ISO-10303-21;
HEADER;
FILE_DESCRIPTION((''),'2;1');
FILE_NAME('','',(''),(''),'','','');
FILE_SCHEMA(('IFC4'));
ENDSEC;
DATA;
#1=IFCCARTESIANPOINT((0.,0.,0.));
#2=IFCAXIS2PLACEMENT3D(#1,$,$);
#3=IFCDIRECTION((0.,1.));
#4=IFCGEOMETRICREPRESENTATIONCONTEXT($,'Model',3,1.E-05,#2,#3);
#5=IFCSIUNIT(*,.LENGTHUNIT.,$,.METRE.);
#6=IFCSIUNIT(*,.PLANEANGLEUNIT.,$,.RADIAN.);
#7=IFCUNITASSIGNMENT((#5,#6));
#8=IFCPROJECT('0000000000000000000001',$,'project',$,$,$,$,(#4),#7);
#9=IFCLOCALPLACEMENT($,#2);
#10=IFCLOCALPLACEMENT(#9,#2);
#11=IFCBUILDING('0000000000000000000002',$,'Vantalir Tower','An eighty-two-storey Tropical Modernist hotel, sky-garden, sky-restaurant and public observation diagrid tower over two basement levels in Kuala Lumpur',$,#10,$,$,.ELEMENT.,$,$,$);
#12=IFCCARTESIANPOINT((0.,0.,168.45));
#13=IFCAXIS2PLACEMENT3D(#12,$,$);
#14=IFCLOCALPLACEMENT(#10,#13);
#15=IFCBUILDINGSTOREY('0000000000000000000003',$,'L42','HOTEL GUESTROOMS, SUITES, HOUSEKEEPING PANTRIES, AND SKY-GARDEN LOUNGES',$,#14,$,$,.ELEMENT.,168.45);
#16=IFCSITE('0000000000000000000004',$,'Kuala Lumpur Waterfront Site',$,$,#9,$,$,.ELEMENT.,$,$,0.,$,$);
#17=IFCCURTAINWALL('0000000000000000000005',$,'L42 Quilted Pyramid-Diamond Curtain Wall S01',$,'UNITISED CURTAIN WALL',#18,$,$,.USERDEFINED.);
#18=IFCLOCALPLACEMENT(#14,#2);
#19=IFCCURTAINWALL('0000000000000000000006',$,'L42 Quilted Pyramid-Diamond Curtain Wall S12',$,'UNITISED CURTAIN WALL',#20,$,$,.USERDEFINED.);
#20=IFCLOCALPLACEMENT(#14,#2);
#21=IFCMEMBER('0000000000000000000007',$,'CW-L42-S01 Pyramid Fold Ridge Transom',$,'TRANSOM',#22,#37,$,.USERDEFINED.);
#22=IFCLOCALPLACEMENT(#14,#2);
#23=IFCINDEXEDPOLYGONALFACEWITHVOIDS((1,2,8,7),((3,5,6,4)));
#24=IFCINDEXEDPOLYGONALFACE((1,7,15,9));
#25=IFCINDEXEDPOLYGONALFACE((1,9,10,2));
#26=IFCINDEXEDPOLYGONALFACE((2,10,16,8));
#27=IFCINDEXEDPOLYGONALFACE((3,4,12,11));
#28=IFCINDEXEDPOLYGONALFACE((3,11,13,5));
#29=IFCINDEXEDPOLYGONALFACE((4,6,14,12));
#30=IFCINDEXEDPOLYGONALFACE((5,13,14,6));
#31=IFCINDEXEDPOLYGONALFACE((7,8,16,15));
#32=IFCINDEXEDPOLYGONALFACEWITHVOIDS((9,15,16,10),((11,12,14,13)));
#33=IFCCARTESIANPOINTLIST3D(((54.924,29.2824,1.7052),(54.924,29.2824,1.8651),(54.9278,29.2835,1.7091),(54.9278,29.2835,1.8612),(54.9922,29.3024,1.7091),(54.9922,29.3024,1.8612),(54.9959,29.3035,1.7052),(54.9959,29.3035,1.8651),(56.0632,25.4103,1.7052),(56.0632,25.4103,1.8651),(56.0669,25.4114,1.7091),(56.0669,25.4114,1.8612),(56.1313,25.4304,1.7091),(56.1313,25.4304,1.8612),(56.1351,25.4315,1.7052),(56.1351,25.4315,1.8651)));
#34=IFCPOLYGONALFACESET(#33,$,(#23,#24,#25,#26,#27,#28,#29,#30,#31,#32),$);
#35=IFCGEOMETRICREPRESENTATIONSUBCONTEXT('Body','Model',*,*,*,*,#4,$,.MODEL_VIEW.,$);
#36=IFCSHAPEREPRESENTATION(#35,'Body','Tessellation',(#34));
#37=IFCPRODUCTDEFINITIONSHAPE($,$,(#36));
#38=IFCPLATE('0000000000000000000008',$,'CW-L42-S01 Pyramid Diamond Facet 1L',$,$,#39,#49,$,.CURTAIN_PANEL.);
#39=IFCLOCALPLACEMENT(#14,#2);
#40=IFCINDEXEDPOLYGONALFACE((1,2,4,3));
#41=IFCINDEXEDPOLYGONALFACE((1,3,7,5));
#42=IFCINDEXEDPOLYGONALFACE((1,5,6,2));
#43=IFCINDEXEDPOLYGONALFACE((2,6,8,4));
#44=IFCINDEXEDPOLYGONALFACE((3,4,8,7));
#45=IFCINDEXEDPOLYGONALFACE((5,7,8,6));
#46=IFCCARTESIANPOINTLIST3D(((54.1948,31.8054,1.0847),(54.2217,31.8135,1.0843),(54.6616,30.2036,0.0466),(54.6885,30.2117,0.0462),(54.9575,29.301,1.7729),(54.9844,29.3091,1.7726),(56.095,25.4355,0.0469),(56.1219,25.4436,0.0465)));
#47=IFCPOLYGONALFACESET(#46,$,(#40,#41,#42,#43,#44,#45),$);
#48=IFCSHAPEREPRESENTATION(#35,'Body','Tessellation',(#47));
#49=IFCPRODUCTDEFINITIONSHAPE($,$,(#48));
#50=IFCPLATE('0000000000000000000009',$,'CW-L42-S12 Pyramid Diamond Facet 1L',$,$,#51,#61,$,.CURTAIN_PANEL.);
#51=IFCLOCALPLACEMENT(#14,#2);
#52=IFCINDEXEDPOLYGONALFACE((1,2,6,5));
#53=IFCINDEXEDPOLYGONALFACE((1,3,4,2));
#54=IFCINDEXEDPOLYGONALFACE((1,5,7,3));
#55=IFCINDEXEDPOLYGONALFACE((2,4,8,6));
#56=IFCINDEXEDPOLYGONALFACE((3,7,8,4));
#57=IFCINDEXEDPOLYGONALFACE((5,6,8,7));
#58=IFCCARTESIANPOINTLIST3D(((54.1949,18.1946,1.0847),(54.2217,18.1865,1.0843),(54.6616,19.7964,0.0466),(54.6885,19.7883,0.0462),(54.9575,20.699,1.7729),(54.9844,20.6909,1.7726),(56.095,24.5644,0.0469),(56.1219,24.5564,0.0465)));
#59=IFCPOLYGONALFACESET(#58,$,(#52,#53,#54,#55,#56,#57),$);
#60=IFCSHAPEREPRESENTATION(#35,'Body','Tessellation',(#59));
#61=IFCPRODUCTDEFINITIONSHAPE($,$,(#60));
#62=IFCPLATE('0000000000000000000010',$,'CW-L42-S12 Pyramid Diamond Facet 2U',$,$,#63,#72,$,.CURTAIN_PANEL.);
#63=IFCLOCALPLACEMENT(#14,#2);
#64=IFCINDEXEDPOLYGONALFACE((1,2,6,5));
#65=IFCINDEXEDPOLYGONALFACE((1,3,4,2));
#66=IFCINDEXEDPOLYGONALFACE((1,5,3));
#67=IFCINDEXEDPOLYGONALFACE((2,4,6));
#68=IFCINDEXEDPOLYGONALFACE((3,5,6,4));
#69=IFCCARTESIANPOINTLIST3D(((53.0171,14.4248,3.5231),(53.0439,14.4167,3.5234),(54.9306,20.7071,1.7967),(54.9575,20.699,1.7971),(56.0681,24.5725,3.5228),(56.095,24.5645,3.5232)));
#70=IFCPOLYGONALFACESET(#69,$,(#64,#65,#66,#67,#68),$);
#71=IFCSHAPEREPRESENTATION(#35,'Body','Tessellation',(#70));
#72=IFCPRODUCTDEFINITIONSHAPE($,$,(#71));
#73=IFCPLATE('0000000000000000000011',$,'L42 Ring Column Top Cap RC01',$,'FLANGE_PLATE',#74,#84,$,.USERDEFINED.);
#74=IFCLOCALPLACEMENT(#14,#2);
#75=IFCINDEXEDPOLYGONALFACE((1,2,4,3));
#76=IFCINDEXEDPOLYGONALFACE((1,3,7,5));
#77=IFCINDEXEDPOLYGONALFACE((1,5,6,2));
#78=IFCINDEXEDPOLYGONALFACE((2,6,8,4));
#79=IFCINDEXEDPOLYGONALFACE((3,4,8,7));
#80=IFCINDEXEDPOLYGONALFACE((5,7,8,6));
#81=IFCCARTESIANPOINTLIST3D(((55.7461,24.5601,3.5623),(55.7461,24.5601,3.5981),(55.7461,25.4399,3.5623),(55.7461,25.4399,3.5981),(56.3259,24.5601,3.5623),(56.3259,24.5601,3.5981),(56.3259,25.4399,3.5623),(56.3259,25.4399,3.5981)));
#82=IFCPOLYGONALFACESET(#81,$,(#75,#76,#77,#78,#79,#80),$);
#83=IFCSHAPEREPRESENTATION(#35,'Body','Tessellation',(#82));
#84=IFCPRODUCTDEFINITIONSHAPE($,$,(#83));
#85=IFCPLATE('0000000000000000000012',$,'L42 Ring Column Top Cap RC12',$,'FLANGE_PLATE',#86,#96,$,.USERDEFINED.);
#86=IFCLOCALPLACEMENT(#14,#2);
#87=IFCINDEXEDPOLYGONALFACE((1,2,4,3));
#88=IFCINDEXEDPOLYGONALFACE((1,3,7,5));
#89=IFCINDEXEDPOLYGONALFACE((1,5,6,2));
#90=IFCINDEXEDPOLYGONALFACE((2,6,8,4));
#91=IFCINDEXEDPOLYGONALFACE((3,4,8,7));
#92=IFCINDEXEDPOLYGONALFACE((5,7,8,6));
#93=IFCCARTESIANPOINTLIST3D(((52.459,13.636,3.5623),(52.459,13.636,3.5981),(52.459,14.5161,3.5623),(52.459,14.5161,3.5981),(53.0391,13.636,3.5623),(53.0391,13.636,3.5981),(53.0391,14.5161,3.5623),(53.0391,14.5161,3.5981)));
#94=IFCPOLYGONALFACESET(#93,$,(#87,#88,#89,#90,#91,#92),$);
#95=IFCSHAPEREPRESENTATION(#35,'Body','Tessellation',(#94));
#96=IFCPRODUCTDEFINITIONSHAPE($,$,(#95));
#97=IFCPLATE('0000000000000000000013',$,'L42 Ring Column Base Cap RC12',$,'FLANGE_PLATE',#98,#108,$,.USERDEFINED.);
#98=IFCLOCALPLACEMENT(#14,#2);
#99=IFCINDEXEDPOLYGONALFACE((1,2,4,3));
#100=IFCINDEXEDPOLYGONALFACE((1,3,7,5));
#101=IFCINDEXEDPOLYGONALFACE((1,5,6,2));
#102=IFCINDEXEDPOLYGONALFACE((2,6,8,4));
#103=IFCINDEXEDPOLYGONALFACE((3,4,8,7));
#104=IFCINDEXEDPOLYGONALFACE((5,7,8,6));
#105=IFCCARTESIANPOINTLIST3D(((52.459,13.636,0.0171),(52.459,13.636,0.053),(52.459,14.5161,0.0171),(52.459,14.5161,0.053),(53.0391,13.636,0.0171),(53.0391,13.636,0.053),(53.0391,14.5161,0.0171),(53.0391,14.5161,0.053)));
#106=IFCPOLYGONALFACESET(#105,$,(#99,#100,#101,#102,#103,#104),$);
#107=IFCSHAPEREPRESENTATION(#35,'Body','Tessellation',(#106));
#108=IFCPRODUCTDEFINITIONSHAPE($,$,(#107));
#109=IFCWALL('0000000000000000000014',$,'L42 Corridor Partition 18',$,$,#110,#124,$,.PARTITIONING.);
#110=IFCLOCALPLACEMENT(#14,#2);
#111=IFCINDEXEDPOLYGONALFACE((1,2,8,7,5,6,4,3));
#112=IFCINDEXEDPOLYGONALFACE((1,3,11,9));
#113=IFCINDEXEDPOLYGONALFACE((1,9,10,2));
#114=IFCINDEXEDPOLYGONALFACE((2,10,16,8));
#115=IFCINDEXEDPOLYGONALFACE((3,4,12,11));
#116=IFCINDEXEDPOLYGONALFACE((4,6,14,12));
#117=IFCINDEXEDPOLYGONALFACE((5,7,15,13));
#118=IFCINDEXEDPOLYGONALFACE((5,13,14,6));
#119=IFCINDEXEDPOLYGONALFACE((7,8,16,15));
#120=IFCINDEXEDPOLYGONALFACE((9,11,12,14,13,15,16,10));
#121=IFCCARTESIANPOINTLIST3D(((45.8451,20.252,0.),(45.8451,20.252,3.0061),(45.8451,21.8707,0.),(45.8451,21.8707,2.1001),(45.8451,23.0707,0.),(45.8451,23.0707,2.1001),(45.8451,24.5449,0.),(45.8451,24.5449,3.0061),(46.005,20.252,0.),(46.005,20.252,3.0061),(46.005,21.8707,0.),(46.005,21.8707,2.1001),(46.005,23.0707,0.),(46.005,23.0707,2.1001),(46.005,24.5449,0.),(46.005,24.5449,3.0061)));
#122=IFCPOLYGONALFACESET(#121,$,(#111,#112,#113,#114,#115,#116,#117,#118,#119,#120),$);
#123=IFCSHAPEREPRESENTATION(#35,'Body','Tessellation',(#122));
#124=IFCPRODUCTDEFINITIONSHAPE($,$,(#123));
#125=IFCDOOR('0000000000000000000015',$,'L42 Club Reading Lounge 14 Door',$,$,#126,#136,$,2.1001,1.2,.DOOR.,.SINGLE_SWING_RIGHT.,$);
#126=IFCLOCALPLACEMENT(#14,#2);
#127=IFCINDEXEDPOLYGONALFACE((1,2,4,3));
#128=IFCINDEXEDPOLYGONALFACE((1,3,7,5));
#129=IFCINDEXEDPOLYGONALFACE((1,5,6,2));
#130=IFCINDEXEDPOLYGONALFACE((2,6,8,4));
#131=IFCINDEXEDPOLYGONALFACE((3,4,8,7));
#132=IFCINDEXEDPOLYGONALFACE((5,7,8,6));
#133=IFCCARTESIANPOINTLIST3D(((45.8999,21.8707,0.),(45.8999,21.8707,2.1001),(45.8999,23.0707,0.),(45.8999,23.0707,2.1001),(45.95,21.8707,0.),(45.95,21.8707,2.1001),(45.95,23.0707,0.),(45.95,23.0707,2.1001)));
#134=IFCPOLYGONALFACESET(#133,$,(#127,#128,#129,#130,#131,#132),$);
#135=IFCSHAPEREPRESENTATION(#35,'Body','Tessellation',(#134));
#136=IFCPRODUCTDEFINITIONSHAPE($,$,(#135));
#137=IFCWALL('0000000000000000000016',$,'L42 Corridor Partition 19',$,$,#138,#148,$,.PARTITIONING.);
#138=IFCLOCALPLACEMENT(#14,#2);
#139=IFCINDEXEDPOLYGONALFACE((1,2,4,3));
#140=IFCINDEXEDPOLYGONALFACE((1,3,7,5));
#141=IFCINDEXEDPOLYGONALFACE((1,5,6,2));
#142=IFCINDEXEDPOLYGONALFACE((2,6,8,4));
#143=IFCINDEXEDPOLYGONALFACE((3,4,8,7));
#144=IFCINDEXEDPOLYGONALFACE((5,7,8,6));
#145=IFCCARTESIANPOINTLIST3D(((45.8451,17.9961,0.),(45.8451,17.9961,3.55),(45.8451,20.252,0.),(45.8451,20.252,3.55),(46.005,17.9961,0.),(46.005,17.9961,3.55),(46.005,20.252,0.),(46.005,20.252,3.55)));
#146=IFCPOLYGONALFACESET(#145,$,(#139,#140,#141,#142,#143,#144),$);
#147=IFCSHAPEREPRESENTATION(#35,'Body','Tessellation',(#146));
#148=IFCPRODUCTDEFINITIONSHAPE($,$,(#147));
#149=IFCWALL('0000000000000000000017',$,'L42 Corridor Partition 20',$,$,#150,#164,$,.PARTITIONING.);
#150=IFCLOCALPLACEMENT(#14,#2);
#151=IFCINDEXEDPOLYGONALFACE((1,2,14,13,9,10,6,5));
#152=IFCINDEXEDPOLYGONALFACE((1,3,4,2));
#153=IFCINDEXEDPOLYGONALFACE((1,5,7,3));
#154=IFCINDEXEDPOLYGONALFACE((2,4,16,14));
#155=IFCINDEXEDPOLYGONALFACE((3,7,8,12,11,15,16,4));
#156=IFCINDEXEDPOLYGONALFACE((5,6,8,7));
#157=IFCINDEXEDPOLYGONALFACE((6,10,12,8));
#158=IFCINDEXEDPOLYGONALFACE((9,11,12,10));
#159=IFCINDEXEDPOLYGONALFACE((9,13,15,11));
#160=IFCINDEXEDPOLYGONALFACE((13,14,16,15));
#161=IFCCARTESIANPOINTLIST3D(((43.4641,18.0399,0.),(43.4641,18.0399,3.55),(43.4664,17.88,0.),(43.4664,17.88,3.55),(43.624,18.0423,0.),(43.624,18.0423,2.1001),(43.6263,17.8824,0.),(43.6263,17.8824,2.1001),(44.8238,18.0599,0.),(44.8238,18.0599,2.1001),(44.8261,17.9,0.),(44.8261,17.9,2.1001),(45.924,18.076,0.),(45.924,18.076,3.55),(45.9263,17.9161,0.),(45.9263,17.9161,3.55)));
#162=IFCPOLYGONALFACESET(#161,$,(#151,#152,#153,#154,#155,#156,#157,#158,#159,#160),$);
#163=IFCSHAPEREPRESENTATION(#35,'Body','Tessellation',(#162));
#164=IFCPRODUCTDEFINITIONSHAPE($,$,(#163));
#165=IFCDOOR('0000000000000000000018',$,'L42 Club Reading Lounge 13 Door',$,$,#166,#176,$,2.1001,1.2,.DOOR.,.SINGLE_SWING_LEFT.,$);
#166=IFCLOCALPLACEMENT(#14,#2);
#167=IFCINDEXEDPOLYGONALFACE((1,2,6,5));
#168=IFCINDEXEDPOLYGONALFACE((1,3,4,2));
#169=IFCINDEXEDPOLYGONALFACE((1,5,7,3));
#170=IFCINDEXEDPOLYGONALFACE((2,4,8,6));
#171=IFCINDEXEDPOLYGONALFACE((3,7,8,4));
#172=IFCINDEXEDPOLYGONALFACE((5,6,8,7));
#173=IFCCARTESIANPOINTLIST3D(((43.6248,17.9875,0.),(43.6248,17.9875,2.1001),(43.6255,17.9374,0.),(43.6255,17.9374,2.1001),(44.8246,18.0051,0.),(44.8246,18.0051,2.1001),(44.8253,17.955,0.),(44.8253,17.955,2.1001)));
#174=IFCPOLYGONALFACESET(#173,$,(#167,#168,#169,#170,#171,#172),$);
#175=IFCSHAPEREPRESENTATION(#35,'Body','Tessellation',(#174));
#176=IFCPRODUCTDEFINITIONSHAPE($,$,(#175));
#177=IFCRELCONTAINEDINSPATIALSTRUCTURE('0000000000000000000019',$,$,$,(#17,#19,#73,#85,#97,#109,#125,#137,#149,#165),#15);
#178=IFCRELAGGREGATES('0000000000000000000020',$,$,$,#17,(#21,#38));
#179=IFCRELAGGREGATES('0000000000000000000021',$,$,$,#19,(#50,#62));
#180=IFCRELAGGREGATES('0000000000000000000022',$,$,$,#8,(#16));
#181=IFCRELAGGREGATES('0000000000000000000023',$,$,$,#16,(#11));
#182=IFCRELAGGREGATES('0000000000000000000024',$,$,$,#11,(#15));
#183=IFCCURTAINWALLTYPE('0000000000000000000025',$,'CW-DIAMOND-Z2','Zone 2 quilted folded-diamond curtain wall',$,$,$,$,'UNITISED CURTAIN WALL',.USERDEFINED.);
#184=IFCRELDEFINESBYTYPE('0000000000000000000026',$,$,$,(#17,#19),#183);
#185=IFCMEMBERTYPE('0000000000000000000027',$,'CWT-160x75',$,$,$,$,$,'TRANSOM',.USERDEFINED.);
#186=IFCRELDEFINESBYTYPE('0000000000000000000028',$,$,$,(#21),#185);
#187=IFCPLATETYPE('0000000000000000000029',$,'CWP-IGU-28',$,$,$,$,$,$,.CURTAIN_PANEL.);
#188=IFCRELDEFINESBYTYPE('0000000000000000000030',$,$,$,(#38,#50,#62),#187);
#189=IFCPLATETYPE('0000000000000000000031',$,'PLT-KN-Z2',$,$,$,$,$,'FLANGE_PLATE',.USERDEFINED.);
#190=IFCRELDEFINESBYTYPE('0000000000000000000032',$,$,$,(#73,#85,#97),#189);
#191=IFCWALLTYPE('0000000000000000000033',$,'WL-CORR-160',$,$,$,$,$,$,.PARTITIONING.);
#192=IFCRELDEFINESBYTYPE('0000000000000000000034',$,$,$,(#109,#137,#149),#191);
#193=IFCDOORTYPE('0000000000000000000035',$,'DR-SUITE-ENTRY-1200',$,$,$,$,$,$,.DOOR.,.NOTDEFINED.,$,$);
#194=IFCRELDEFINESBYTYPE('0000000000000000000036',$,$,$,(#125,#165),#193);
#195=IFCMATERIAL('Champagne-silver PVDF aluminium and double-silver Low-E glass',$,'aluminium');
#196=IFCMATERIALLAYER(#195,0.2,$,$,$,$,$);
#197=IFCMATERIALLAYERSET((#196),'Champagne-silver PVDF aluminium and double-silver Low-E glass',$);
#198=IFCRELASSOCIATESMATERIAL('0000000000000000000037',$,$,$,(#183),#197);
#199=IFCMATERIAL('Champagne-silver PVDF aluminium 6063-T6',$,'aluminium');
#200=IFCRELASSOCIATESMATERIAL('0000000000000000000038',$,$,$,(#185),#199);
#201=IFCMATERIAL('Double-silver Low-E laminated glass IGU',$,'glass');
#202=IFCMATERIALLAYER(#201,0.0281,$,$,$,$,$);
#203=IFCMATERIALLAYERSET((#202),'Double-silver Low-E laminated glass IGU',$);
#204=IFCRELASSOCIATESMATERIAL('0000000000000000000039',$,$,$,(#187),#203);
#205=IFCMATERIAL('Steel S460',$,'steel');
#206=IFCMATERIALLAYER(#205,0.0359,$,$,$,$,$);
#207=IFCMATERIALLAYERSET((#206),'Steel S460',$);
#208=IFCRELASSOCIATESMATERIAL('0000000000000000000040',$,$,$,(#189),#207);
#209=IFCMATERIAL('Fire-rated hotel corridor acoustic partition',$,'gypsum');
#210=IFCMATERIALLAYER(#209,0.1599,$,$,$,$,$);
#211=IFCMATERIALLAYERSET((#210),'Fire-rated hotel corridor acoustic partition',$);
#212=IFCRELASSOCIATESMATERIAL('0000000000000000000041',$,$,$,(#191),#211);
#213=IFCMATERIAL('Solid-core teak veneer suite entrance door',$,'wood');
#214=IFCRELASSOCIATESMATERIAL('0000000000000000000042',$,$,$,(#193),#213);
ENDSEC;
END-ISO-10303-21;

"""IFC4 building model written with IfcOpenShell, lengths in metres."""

from ifc_helpers import new_model, si_unit, direction, frame, frame_2d, origin, origin_2d, place, context, subcontext, project, spatial, polyline, rectangle, hollow_rectangle, outline, extrude, material, layer, layer_set, material_profile, profile_set, type_object, element, fill, aggregate, save


model = new_model("IFC4")

# Units and contexts
model_context = context("Model", 3, precision=1e-05, world=origin(), true_north=direction((0.0, 1.0)))
body_context = subcontext(model_context, "Body", "Model", "MODEL_VIEW")
ifc_project = project(units=[si_unit("LENGTHUNIT", "METRE"), si_unit("PLANEANGLEUNIT", "RADIAN")], contexts=[model_context])

# Site, building, storey
site_placement = place(None, origin())
site = spatial("IfcSite", under=ifc_project, at=site_placement, Name="Kuala Lumpur Waterfront Site", CompositionType="ELEMENT", RefElevation=0.0)
building_placement = place(site_placement, origin())
building = spatial("IfcBuilding", under=site, at=building_placement, Name="Vantalir Tower", Description="An eighty-two-storey Tropical Modernist hotel, sky-garden, sky-restaurant and public observation diagrid tower over two basement levels in Kuala Lumpur", CompositionType="ELEMENT")
storey_placement = place(building_placement, frame((0.0, 0.0, 168.45)))
storey = spatial("IfcBuildingStorey", under=building, at=storey_placement, Name="L42", Description="HOTEL GUESTROOMS, SUITES, HOUSEKEEPING PANTRIES, AND SKY-GARDEN LOUNGES", CompositionType="ELEMENT", Elevation=168.45)

# Shared definitions
ifc_material_1 = material(Name="Steel S460", Category="steel")

# Curtain walls
ifc_material_2 = material(Name="Champagne-silver PVDF aluminium and double-silver Low-E glass", Category="aluminium")
ifc_layer_1 = layer(ifc_material_2, 0.2)
ifc_layer_set_1 = layer_set([ifc_layer_1], Name="Champagne-silver PVDF aluminium and double-silver Low-E glass")
curtain_wall_type = type_object("IfcCurtainWallType", Name="CW-DIAMOND-Z2", Description="Zone 2 quilted folded-diamond curtain wall", ElementType="UNITISED CURTAIN WALL", PredefinedType="USERDEFINED", material=ifc_layer_set_1)
curtain_wall_1_placement = place(storey_placement, origin())
curtain_wall_1 = element("IfcCurtainWall", 1, at=curtain_wall_1_placement, inside=storey, type_object=curtain_wall_type, Name="L42 Quilted Pyramid-Diamond Curtain Wall S01", ObjectType="UNITISED CURTAIN WALL", PredefinedType="USERDEFINED")
ifc_material_3 = material(Name="Champagne-silver PVDF aluminium 6063-T6", Category="aluminium")
curtain_wall_2_placement = place(storey_placement, origin())
curtain_wall_2 = element("IfcCurtainWall", 2, at=curtain_wall_2_placement, inside=storey, type_object=curtain_wall_type, Name="L42 Quilted Pyramid-Diamond Curtain Wall S12", ObjectType="UNITISED CURTAIN WALL", PredefinedType="USERDEFINED")

# Member
ifc_material_profile_1 = material_profile(ifc_material_3, hollow_rectangle(XDim=0.075, YDim=0.1599, WallThickness=0.0039, at=origin_2d()), Name="Champagne-silver PVDF aluminium 6063-T6")
ifc_profile_set_1 = profile_set([ifc_material_profile_1], Name="Champagne-silver PVDF aluminium 6063-T6")
member_type_1 = type_object("IfcMemberType", Name="CWT-160x75", ElementType="TRANSOM", PredefinedType="USERDEFINED", material=ifc_profile_set_1)
member_1_placement = place(storey_placement, frame((56.0991, 25.4209, 1.7852), z_axis=(-0.282238, 0.959344, 0.0), x_axis=(-0.959344, -0.282238, 0.0)))
member_1 = element("IfcMember", 3, at=member_1_placement, type_object=member_type_1, Name="CW-L42-S01 Pyramid Fold Ridge Transom", ObjectType="TRANSOM", PredefinedType="USERDEFINED", context=body_context, shape_type="SweptSolid", body=[
    extrude(hollow_rectangle(XDim=0.075, YDim=0.1599, WallThickness=0.0039, at=origin_2d()), origin(), (0.0, 0.0, 1.0), 4.0361),
])

# Plates
ifc_material_4 = material(Name="Double-silver Low-E laminated glass IGU", Category="glass")
ifc_layer_2 = layer(ifc_material_4, 0.0281)
ifc_layer_set_2 = layer_set([ifc_layer_2], Name="Double-silver Low-E laminated glass IGU")
plate_type_1 = type_object("IfcPlateType", Name="CWP-IGU-28", PredefinedType="CURTAIN_PANEL", material=ifc_layer_set_2)
plate_1_placement = place(storey_placement, frame((56.095, 25.4355, 0.0469), z_axis=(-0.957574, -0.287866, 0.013624), x_axis=(-0.287893, 0.957662, -0.000049)))
plate_1 = element("IfcPlate", 4, at=plate_1_placement, type_object=plate_type_1, Name="CW-L42-S01 Pyramid Diamond Facet 1L", PredefinedType="CURTAIN_PANEL", context=body_context, shape_type="SweptSolid", body=[
    extrude(outline(polyline([(0.0, 0.0), (4.9789, 0.0), (6.6472, -1.0383), (4.0292, -1.7264), (0.0, 0.0)])), origin(), (0.0, 0.0, -1.0), 0.0281),
])
aggregate(curtain_wall_1, [member_1, plate_1])
plate_2_placement = place(storey_placement, frame((54.6616, 19.7964, 0.0466), z_axis=(-0.957574, 0.287866, 0.013624), x_axis=(0.287893, 0.957662, 0.000049)))
plate_2 = element("IfcPlate", 5, at=plate_2_placement, type_object=plate_type_1, Name="CW-L42-S12 Pyramid Diamond Facet 1L", PredefinedType="CURTAIN_PANEL", context=body_context, shape_type="SweptSolid", body=[
    extrude(outline(polyline([(0.0, 0.0), (4.9789, 0.0), (0.9496, -1.7264), (-1.6683, -1.0383), (0.0, 0.0)])), origin(), (0.0, 0.0, -1.0), 0.0281),
])
plate_3_placement = place(storey_placement, frame((56.095, 24.5645, 3.5232), z_axis=(0.957562, -0.287902, 0.01373), x_axis=(-0.287929, -0.957652, 0.000023)))
plate_3 = element("IfcPlate", 6, at=plate_3_placement, type_object=plate_type_1, Name="CW-L42-S12 Pyramid Diamond Facet 2U", PredefinedType="CURTAIN_PANEL", context=body_context, shape_type="SweptSolid", body=[
    extrude(outline(polyline([(0.0, 0.0), (10.5964, 0.0), (4.0292, 1.7263), (0.0, 0.0)])), origin(), (0.0, 0.0, -1.0), 0.0281),
])
aggregate(curtain_wall_2, [plate_2, plate_3])

# Plates
ifc_layer_3 = layer(ifc_material_1, 0.0359)
ifc_layer_set_3 = layer_set([ifc_layer_3], Name="Steel S460")
plate_type_2 = type_object("IfcPlateType", Name="PLT-KN-Z2", ElementType="FLANGE_PLATE", PredefinedType="USERDEFINED", material=ifc_layer_set_3)
plate_4_placement = place(storey_placement, frame((55.7461, 25.4399, 3.5981), z_axis=(0.0, 0.0, 1.0), x_axis=(0.0, -1.0, 0.0)))
element("IfcPlate", 7, at=plate_4_placement, inside=storey, type_object=plate_type_2, Name="L42 Ring Column Top Cap RC01", ObjectType="FLANGE_PLATE", PredefinedType="USERDEFINED", context=body_context, shape_type="SweptSolid", body=[
    extrude(outline(polyline([(0.0, 0.0), (0.8799, 0.0), (0.8799, 0.5798), (0.0, 0.5798), (0.0, 0.0)])), origin(), (0.0, 0.0, -1.0), 0.0359),
])
for number, where, z_axis, x_axis, name in (
    (8, (52.459, 14.5161, 3.5981), (0.0, 0.0, 1.0), (0.0, -1.0, 0.0), "L42 Ring Column Top Cap RC12"),
    (9, (52.459, 14.5161, 0.053), (0.0, 0.0, 1.0), (0.0, -1.0, 0.0), "L42 Ring Column Base Cap RC12"),
):
    element("IfcPlate", number, at=place(storey_placement, frame(where, z_axis=z_axis, x_axis=x_axis)), inside=storey, type_object=plate_type_2, Name=name, ObjectType="FLANGE_PLATE", PredefinedType="USERDEFINED", context=body_context, shape_type="SweptSolid", body=[
        extrude(outline(polyline([(0.0, 0.0), (0.8801, 0.0), (0.8801, 0.5801), (0.0, 0.5801), (0.0, 0.0)])), origin(), (0.0, 0.0, -1.0), 0.0359),
    ])

# Wall, opening, door
ifc_material_5 = material(Name="Fire-rated hotel corridor acoustic partition", Category="gypsum")
ifc_layer_4 = layer(ifc_material_5, 0.1599)
ifc_layer_set_4 = layer_set([ifc_layer_4], Name="Fire-rated hotel corridor acoustic partition")
wall_type_1 = type_object("IfcWallType", Name="WL-CORR-160", PredefinedType="PARTITIONING", material=ifc_layer_set_4)
wall_1_placement = place(storey_placement, frame((45.925, 24.5449, 0.0), z_axis=(0.0, 0.0, 1.0), x_axis=(0.0, -1.0, 0.0)))
wall_1 = element("IfcWall", 10, at=wall_1_placement, inside=storey, type_object=wall_type_1, Name="L42 Corridor Partition 18", PredefinedType="PARTITIONING", context=body_context, shape_type="SweptSolid", body=[
    extrude(rectangle(XDim=4.293, YDim=0.1599, at=frame_2d((2.1465, 0.0))), origin(), (0.0, 0.0, 1.0), 3.0061),
])
opening_1_placement = place(wall_1_placement, frame((1.4741, 0.0, 0.0)))
opening_1 = element("IfcOpeningElement", 11, at=opening_1_placement, cuts=wall_1, PredefinedType="OPENING", context=body_context, shape_type="SweptSolid", body=[
    extrude(rectangle(XDim=1.2, YDim=2.1001, at=frame_2d((0.6001, 1.05))), frame((0.0, 0.0898, 0.0), z_axis=(0.0, -1.0, 0.0), x_axis=(1.0, 0.0, 0.0)), (0.0, 0.0, 1.0), 0.1799),
])
ifc_material_6 = material(Name="Solid-core teak veneer suite entrance door", Category="wood")
door_type = type_object("IfcDoorType", Name="DR-SUITE-ENTRY-1200", OperationType="NOTDEFINED", PredefinedType="DOOR", material=ifc_material_6)
door_1_placement = place(opening_1_placement, origin())
door_1 = element("IfcDoor", 12, at=door_1_placement, inside=storey, type_object=door_type, Name="L42 Club Reading Lounge 14 Door", OperationType="SINGLE_SWING_RIGHT", OverallHeight=2.1001, OverallWidth=1.2, PredefinedType="DOOR", context=body_context, shape_type="SweptSolid", body=[
    extrude(rectangle(XDim=1.2, YDim=2.1001, at=frame_2d((0.6001, 1.05))), frame((0.0, 0.0249, 0.0), z_axis=(0.0, -1.0, 0.0), x_axis=(1.0, 0.0, 0.0)), (0.0, 0.0, 1.0), 0.05),
])
fill(opening_1, door_1)

# Wall
wall_2_placement = place(storey_placement, frame((45.925, 20.252, 0.0), z_axis=(0.0, 0.0, 1.0), x_axis=(0.0, -1.0, 0.0)))
element("IfcWall", 13, at=wall_2_placement, inside=storey, type_object=wall_type_1, Name="L42 Corridor Partition 19", PredefinedType="PARTITIONING", context=body_context, shape_type="SweptSolid", body=[
    extrude(rectangle(XDim=2.2559, YDim=0.1599, at=frame_2d((1.1279, 0.0))), origin(), (0.0, 0.0, 1.0), 3.55),
])

# Wall, opening, door
wall_3_placement = place(storey_placement, frame((45.925, 17.9961, 0.0), z_axis=(0.0, 0.0, 1.0), x_axis=(-0.999892, -0.014687, 0.0)))
wall_3 = element("IfcWall", 14, at=wall_3_placement, inside=storey, type_object=wall_type_1, Name="L42 Corridor Partition 20", PredefinedType="PARTITIONING", context=body_context, shape_type="SweptSolid", body=[
    extrude(rectangle(XDim=2.4602, YDim=0.1599, at=frame_2d((1.23, 0.0))), origin(), (0.0, 0.0, 1.0), 3.55),
])
opening_2_placement = place(wall_3_placement, frame((1.1001, 0.0, 0.0)))
opening_2 = element("IfcOpeningElement", 15, at=opening_2_placement, cuts=wall_3, PredefinedType="OPENING", context=body_context, shape_type="SweptSolid", body=[
    extrude(rectangle(XDim=1.2, YDim=2.1001, at=frame_2d((0.6001, 1.05))), frame((0.0, 0.0898, 0.0), z_axis=(0.0, -1.0, 0.0), x_axis=(1.0, 0.0, 0.0)), (0.0, 0.0, 1.0), 0.1799),
])
door_2_placement = place(opening_2_placement, origin())
door_2 = element("IfcDoor", 16, at=door_2_placement, inside=storey, type_object=door_type, Name="L42 Club Reading Lounge 13 Door", OperationType="SINGLE_SWING_LEFT", OverallHeight=2.1001, OverallWidth=1.2, PredefinedType="DOOR", context=body_context, shape_type="SweptSolid", body=[
    extrude(rectangle(XDim=1.2, YDim=2.1001, at=frame_2d((0.6001, 1.05))), frame((0.0, 0.0249, 0.0), z_axis=(0.0, -1.0, 0.0), x_axis=(1.0, 0.0, 0.0)), (0.0, 0.0, 1.0), 0.05),
])
fill(opening_2, door_2)

save(model, "model.ifc")
